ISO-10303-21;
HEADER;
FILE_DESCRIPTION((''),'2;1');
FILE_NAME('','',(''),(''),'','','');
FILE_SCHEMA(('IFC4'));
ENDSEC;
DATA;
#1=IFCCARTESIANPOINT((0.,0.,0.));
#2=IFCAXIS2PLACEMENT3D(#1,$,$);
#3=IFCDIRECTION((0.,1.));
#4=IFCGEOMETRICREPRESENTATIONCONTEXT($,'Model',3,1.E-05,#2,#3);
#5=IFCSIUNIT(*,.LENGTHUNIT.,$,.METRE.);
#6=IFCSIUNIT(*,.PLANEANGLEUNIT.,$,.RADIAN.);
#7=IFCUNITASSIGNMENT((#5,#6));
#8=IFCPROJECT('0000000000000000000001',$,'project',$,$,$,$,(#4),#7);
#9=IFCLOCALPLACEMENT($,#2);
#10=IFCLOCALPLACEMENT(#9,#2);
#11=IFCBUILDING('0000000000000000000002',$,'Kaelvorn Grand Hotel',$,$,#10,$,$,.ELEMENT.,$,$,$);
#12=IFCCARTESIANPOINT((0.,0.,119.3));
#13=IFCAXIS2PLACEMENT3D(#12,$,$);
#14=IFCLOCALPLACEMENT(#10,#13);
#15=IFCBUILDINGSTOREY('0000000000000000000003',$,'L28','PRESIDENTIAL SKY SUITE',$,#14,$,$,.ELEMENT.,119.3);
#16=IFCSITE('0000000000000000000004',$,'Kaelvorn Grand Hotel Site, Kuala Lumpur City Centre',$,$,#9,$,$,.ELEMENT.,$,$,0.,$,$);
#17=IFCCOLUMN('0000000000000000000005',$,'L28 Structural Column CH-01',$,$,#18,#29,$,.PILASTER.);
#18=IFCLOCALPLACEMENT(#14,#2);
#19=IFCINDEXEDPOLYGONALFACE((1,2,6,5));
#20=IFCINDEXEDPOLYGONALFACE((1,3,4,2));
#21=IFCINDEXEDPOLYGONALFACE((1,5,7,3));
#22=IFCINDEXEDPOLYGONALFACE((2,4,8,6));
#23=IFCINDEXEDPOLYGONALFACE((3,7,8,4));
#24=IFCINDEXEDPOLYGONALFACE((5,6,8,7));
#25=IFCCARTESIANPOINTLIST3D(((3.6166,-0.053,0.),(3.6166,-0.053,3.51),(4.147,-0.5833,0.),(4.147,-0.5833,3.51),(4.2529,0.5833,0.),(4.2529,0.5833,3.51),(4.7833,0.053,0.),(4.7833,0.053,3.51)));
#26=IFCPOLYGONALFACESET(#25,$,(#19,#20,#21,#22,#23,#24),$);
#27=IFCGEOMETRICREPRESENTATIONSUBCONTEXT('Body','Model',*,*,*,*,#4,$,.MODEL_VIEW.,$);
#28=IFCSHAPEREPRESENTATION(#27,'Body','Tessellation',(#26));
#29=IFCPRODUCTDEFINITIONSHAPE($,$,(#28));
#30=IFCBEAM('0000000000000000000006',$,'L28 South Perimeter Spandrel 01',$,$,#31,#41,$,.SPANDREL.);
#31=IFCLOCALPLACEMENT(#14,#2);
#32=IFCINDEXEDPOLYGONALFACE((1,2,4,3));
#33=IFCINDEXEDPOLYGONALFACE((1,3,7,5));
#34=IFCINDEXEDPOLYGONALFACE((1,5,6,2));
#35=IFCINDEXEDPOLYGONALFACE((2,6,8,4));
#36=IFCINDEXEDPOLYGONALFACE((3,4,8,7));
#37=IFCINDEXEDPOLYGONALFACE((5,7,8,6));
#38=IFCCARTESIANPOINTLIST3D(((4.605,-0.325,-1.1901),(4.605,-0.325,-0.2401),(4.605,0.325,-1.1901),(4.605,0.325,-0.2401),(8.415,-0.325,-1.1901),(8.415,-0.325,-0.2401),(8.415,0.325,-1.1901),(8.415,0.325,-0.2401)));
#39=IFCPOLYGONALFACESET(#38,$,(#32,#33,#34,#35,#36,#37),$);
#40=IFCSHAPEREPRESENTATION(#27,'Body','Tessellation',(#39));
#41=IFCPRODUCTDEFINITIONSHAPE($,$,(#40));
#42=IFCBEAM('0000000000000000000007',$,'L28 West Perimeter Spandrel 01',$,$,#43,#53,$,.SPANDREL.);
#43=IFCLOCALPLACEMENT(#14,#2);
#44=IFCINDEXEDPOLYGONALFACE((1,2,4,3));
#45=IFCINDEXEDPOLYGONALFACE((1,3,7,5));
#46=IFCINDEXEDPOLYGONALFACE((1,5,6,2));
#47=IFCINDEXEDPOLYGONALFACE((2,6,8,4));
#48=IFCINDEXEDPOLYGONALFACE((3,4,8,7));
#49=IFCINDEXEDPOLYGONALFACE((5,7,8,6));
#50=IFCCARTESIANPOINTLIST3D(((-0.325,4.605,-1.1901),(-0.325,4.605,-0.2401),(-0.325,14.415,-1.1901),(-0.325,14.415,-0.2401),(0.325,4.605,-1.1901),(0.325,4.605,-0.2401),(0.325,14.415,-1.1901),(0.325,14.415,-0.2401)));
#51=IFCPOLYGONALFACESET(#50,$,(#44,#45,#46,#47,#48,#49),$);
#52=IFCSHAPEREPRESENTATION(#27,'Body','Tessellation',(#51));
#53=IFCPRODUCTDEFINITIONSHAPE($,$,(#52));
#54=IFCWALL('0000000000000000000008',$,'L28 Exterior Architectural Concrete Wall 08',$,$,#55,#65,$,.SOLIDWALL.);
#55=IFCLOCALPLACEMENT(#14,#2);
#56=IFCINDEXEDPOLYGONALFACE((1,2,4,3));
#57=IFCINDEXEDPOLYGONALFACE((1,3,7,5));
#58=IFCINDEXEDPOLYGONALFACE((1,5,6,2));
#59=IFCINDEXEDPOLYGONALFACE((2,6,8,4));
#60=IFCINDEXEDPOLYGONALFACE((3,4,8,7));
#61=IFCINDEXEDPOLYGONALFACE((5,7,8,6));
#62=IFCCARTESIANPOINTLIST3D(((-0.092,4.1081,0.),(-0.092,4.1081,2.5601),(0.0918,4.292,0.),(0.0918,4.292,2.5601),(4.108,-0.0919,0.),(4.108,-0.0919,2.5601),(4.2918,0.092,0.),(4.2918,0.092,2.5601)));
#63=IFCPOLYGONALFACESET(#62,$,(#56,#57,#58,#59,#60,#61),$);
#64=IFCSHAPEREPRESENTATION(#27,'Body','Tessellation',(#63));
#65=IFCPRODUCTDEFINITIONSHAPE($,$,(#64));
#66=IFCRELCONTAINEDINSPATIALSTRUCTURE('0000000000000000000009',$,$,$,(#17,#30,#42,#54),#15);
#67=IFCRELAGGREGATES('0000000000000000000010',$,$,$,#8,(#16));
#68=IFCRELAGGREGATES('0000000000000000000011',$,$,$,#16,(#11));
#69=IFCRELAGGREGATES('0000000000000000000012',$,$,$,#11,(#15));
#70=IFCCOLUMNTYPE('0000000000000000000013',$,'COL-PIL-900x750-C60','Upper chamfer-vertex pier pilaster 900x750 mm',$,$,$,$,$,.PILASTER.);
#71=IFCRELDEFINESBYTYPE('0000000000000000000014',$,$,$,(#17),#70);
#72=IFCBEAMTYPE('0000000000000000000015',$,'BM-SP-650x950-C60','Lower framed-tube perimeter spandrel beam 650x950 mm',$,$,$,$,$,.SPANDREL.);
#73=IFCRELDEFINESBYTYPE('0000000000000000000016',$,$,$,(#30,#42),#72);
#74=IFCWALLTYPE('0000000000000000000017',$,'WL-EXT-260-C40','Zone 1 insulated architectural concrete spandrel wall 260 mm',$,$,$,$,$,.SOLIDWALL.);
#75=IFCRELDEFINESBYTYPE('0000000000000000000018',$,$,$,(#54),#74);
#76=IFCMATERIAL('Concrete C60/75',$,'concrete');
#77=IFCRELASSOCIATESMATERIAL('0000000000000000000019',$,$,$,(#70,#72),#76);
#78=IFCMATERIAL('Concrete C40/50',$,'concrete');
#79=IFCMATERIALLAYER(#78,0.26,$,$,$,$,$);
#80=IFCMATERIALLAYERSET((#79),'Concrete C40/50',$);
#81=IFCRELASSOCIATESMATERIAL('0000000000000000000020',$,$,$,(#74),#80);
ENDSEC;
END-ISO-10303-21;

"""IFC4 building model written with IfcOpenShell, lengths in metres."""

from ifc_helpers import new_model, si_unit, direction, frame, frame_2d, origin, origin_2d, place, context, subcontext, project, spatial, rectangle, extrude, material, layer, layer_set, material_profile, profile_set, type_object, element, save


model = new_model("IFC4")

# Units and contexts
model_context = context("Model", 3, precision=1e-05, world=origin(), true_north=direction((0.0, 1.0)))
body_context = subcontext(model_context, "Body", "Model", "MODEL_VIEW")
ifc_project = project(units=[si_unit("LENGTHUNIT", "METRE"), si_unit("PLANEANGLEUNIT", "RADIAN")], contexts=[model_context])

# Site, building, storey
site_placement = place(None, origin())
site = spatial("IfcSite", under=ifc_project, at=site_placement, Name="Kaelvorn Grand Hotel Site, Kuala Lumpur City Centre", CompositionType="ELEMENT", RefElevation=0.0)
building_placement = place(site_placement, origin())
building = spatial("IfcBuilding", under=site, at=building_placement, Name="Kaelvorn Grand Hotel", CompositionType="ELEMENT")
storey_placement = place(building_placement, frame((0.0, 0.0, 119.3)))
storey = spatial("IfcBuildingStorey", under=building, at=storey_placement, Name="L28", Description="PRESIDENTIAL SKY SUITE", CompositionType="ELEMENT", Elevation=119.3)

# Column
ifc_material_1 = material(Name="Concrete C60/75", Category="concrete")
ifc_material_profile_1 = material_profile(ifc_material_1, rectangle(XDim=0.8999, YDim=0.75, at=origin_2d()), Name="RC PILASTER 900x750")
ifc_profile_set_1 = profile_set([ifc_material_profile_1], Name="Concrete C60/75")
column_type = type_object("IfcColumnType", Name="COL-PIL-900x750-C60", Description="Upper chamfer-vertex pier pilaster 900x750 mm", PredefinedType="PILASTER", material=ifc_profile_set_1)
column_placement = place(storey_placement, frame((4.2, 0.0, 0.0), z_axis=(0.0, 0.0, 1.0), x_axis=(0.707107, 0.707107, 0.0)))
element("IfcColumn", 1, at=column_placement, inside=storey, type_object=column_type, Name="L28 Structural Column CH-01", PredefinedType="PILASTER", context=body_context, shape_type="SweptSolid", body=[
    extrude(rectangle(XDim=0.8999, YDim=0.75, at=origin_2d()), origin(), (0.0, 0.0, 1.0), 3.51),
])

# Beams
ifc_material_profile_2 = material_profile(ifc_material_1, rectangle(XDim=0.6499, YDim=0.95, at=origin_2d()), Name="RC SPANDREL 650x950")
ifc_profile_set_2 = profile_set([ifc_material_profile_2], Name="Concrete C60/75")
beam_type = type_object("IfcBeamType", Name="BM-SP-650x950-C60", Description="Lower framed-tube perimeter spandrel beam 650x950 mm", PredefinedType="SPANDREL", material=ifc_profile_set_2)
beam_1_placement = place(storey_placement, frame((4.605, 0.0, -0.7151), z_axis=(1.0, 0.0, 0.0), x_axis=(0.0, 1.0, 0.0)))
element("IfcBeam", 2, at=beam_1_placement, inside=storey, type_object=beam_type, Name="L28 South Perimeter Spandrel 01", PredefinedType="SPANDREL", context=body_context, shape_type="SweptSolid", body=[
    extrude(rectangle(XDim=0.6499, YDim=0.95, at=origin_2d()), origin(), (0.0, 0.0, 1.0), 3.8101),
])
beam_2_placement = place(storey_placement, frame((0.0, 4.605, -0.7151), z_axis=(0.0, 1.0, 0.0), x_axis=(-1.0, 0.0, 0.0)))
element("IfcBeam", 3, at=beam_2_placement, inside=storey, type_object=beam_type, Name="L28 West Perimeter Spandrel 01", PredefinedType="SPANDREL", context=body_context, shape_type="SweptSolid", body=[
    extrude(rectangle(XDim=0.6499, YDim=0.95, at=origin_2d()), origin(), (0.0, 0.0, 1.0), 9.8101),
])

# Shared definitions
ifc_material_2 = material(Name="Concrete C40/50", Category="concrete")
ifc_layer = layer(ifc_material_2, 0.26)
ifc_layer_set = layer_set([ifc_layer], Name="Concrete C40/50")
wall_type = type_object("IfcWallType", Name="WL-EXT-260-C40", Description="Zone 1 insulated architectural concrete spandrel wall 260 mm", PredefinedType="SOLIDWALL", material=ifc_layer_set)

# Wall
wall_1_placement = place(storey_placement, frame((0.0, 4.2, 0.0), z_axis=(0.0, 0.0, 1.0), x_axis=(0.707107, -0.707107, 0.0)))
element("IfcWall", 4, at=wall_1_placement, inside=storey, type_object=wall_type, Name="L28 Exterior Architectural Concrete Wall 08", PredefinedType="SOLIDWALL", context=body_context, shape_type="SweptSolid", body=[
    extrude(rectangle(XDim=5.9397, YDim=0.26, at=frame_2d((2.9697, 0.0))), origin(), (0.0, 0.0, 1.0), 2.5601),
])

save(model, "model.ifc")
